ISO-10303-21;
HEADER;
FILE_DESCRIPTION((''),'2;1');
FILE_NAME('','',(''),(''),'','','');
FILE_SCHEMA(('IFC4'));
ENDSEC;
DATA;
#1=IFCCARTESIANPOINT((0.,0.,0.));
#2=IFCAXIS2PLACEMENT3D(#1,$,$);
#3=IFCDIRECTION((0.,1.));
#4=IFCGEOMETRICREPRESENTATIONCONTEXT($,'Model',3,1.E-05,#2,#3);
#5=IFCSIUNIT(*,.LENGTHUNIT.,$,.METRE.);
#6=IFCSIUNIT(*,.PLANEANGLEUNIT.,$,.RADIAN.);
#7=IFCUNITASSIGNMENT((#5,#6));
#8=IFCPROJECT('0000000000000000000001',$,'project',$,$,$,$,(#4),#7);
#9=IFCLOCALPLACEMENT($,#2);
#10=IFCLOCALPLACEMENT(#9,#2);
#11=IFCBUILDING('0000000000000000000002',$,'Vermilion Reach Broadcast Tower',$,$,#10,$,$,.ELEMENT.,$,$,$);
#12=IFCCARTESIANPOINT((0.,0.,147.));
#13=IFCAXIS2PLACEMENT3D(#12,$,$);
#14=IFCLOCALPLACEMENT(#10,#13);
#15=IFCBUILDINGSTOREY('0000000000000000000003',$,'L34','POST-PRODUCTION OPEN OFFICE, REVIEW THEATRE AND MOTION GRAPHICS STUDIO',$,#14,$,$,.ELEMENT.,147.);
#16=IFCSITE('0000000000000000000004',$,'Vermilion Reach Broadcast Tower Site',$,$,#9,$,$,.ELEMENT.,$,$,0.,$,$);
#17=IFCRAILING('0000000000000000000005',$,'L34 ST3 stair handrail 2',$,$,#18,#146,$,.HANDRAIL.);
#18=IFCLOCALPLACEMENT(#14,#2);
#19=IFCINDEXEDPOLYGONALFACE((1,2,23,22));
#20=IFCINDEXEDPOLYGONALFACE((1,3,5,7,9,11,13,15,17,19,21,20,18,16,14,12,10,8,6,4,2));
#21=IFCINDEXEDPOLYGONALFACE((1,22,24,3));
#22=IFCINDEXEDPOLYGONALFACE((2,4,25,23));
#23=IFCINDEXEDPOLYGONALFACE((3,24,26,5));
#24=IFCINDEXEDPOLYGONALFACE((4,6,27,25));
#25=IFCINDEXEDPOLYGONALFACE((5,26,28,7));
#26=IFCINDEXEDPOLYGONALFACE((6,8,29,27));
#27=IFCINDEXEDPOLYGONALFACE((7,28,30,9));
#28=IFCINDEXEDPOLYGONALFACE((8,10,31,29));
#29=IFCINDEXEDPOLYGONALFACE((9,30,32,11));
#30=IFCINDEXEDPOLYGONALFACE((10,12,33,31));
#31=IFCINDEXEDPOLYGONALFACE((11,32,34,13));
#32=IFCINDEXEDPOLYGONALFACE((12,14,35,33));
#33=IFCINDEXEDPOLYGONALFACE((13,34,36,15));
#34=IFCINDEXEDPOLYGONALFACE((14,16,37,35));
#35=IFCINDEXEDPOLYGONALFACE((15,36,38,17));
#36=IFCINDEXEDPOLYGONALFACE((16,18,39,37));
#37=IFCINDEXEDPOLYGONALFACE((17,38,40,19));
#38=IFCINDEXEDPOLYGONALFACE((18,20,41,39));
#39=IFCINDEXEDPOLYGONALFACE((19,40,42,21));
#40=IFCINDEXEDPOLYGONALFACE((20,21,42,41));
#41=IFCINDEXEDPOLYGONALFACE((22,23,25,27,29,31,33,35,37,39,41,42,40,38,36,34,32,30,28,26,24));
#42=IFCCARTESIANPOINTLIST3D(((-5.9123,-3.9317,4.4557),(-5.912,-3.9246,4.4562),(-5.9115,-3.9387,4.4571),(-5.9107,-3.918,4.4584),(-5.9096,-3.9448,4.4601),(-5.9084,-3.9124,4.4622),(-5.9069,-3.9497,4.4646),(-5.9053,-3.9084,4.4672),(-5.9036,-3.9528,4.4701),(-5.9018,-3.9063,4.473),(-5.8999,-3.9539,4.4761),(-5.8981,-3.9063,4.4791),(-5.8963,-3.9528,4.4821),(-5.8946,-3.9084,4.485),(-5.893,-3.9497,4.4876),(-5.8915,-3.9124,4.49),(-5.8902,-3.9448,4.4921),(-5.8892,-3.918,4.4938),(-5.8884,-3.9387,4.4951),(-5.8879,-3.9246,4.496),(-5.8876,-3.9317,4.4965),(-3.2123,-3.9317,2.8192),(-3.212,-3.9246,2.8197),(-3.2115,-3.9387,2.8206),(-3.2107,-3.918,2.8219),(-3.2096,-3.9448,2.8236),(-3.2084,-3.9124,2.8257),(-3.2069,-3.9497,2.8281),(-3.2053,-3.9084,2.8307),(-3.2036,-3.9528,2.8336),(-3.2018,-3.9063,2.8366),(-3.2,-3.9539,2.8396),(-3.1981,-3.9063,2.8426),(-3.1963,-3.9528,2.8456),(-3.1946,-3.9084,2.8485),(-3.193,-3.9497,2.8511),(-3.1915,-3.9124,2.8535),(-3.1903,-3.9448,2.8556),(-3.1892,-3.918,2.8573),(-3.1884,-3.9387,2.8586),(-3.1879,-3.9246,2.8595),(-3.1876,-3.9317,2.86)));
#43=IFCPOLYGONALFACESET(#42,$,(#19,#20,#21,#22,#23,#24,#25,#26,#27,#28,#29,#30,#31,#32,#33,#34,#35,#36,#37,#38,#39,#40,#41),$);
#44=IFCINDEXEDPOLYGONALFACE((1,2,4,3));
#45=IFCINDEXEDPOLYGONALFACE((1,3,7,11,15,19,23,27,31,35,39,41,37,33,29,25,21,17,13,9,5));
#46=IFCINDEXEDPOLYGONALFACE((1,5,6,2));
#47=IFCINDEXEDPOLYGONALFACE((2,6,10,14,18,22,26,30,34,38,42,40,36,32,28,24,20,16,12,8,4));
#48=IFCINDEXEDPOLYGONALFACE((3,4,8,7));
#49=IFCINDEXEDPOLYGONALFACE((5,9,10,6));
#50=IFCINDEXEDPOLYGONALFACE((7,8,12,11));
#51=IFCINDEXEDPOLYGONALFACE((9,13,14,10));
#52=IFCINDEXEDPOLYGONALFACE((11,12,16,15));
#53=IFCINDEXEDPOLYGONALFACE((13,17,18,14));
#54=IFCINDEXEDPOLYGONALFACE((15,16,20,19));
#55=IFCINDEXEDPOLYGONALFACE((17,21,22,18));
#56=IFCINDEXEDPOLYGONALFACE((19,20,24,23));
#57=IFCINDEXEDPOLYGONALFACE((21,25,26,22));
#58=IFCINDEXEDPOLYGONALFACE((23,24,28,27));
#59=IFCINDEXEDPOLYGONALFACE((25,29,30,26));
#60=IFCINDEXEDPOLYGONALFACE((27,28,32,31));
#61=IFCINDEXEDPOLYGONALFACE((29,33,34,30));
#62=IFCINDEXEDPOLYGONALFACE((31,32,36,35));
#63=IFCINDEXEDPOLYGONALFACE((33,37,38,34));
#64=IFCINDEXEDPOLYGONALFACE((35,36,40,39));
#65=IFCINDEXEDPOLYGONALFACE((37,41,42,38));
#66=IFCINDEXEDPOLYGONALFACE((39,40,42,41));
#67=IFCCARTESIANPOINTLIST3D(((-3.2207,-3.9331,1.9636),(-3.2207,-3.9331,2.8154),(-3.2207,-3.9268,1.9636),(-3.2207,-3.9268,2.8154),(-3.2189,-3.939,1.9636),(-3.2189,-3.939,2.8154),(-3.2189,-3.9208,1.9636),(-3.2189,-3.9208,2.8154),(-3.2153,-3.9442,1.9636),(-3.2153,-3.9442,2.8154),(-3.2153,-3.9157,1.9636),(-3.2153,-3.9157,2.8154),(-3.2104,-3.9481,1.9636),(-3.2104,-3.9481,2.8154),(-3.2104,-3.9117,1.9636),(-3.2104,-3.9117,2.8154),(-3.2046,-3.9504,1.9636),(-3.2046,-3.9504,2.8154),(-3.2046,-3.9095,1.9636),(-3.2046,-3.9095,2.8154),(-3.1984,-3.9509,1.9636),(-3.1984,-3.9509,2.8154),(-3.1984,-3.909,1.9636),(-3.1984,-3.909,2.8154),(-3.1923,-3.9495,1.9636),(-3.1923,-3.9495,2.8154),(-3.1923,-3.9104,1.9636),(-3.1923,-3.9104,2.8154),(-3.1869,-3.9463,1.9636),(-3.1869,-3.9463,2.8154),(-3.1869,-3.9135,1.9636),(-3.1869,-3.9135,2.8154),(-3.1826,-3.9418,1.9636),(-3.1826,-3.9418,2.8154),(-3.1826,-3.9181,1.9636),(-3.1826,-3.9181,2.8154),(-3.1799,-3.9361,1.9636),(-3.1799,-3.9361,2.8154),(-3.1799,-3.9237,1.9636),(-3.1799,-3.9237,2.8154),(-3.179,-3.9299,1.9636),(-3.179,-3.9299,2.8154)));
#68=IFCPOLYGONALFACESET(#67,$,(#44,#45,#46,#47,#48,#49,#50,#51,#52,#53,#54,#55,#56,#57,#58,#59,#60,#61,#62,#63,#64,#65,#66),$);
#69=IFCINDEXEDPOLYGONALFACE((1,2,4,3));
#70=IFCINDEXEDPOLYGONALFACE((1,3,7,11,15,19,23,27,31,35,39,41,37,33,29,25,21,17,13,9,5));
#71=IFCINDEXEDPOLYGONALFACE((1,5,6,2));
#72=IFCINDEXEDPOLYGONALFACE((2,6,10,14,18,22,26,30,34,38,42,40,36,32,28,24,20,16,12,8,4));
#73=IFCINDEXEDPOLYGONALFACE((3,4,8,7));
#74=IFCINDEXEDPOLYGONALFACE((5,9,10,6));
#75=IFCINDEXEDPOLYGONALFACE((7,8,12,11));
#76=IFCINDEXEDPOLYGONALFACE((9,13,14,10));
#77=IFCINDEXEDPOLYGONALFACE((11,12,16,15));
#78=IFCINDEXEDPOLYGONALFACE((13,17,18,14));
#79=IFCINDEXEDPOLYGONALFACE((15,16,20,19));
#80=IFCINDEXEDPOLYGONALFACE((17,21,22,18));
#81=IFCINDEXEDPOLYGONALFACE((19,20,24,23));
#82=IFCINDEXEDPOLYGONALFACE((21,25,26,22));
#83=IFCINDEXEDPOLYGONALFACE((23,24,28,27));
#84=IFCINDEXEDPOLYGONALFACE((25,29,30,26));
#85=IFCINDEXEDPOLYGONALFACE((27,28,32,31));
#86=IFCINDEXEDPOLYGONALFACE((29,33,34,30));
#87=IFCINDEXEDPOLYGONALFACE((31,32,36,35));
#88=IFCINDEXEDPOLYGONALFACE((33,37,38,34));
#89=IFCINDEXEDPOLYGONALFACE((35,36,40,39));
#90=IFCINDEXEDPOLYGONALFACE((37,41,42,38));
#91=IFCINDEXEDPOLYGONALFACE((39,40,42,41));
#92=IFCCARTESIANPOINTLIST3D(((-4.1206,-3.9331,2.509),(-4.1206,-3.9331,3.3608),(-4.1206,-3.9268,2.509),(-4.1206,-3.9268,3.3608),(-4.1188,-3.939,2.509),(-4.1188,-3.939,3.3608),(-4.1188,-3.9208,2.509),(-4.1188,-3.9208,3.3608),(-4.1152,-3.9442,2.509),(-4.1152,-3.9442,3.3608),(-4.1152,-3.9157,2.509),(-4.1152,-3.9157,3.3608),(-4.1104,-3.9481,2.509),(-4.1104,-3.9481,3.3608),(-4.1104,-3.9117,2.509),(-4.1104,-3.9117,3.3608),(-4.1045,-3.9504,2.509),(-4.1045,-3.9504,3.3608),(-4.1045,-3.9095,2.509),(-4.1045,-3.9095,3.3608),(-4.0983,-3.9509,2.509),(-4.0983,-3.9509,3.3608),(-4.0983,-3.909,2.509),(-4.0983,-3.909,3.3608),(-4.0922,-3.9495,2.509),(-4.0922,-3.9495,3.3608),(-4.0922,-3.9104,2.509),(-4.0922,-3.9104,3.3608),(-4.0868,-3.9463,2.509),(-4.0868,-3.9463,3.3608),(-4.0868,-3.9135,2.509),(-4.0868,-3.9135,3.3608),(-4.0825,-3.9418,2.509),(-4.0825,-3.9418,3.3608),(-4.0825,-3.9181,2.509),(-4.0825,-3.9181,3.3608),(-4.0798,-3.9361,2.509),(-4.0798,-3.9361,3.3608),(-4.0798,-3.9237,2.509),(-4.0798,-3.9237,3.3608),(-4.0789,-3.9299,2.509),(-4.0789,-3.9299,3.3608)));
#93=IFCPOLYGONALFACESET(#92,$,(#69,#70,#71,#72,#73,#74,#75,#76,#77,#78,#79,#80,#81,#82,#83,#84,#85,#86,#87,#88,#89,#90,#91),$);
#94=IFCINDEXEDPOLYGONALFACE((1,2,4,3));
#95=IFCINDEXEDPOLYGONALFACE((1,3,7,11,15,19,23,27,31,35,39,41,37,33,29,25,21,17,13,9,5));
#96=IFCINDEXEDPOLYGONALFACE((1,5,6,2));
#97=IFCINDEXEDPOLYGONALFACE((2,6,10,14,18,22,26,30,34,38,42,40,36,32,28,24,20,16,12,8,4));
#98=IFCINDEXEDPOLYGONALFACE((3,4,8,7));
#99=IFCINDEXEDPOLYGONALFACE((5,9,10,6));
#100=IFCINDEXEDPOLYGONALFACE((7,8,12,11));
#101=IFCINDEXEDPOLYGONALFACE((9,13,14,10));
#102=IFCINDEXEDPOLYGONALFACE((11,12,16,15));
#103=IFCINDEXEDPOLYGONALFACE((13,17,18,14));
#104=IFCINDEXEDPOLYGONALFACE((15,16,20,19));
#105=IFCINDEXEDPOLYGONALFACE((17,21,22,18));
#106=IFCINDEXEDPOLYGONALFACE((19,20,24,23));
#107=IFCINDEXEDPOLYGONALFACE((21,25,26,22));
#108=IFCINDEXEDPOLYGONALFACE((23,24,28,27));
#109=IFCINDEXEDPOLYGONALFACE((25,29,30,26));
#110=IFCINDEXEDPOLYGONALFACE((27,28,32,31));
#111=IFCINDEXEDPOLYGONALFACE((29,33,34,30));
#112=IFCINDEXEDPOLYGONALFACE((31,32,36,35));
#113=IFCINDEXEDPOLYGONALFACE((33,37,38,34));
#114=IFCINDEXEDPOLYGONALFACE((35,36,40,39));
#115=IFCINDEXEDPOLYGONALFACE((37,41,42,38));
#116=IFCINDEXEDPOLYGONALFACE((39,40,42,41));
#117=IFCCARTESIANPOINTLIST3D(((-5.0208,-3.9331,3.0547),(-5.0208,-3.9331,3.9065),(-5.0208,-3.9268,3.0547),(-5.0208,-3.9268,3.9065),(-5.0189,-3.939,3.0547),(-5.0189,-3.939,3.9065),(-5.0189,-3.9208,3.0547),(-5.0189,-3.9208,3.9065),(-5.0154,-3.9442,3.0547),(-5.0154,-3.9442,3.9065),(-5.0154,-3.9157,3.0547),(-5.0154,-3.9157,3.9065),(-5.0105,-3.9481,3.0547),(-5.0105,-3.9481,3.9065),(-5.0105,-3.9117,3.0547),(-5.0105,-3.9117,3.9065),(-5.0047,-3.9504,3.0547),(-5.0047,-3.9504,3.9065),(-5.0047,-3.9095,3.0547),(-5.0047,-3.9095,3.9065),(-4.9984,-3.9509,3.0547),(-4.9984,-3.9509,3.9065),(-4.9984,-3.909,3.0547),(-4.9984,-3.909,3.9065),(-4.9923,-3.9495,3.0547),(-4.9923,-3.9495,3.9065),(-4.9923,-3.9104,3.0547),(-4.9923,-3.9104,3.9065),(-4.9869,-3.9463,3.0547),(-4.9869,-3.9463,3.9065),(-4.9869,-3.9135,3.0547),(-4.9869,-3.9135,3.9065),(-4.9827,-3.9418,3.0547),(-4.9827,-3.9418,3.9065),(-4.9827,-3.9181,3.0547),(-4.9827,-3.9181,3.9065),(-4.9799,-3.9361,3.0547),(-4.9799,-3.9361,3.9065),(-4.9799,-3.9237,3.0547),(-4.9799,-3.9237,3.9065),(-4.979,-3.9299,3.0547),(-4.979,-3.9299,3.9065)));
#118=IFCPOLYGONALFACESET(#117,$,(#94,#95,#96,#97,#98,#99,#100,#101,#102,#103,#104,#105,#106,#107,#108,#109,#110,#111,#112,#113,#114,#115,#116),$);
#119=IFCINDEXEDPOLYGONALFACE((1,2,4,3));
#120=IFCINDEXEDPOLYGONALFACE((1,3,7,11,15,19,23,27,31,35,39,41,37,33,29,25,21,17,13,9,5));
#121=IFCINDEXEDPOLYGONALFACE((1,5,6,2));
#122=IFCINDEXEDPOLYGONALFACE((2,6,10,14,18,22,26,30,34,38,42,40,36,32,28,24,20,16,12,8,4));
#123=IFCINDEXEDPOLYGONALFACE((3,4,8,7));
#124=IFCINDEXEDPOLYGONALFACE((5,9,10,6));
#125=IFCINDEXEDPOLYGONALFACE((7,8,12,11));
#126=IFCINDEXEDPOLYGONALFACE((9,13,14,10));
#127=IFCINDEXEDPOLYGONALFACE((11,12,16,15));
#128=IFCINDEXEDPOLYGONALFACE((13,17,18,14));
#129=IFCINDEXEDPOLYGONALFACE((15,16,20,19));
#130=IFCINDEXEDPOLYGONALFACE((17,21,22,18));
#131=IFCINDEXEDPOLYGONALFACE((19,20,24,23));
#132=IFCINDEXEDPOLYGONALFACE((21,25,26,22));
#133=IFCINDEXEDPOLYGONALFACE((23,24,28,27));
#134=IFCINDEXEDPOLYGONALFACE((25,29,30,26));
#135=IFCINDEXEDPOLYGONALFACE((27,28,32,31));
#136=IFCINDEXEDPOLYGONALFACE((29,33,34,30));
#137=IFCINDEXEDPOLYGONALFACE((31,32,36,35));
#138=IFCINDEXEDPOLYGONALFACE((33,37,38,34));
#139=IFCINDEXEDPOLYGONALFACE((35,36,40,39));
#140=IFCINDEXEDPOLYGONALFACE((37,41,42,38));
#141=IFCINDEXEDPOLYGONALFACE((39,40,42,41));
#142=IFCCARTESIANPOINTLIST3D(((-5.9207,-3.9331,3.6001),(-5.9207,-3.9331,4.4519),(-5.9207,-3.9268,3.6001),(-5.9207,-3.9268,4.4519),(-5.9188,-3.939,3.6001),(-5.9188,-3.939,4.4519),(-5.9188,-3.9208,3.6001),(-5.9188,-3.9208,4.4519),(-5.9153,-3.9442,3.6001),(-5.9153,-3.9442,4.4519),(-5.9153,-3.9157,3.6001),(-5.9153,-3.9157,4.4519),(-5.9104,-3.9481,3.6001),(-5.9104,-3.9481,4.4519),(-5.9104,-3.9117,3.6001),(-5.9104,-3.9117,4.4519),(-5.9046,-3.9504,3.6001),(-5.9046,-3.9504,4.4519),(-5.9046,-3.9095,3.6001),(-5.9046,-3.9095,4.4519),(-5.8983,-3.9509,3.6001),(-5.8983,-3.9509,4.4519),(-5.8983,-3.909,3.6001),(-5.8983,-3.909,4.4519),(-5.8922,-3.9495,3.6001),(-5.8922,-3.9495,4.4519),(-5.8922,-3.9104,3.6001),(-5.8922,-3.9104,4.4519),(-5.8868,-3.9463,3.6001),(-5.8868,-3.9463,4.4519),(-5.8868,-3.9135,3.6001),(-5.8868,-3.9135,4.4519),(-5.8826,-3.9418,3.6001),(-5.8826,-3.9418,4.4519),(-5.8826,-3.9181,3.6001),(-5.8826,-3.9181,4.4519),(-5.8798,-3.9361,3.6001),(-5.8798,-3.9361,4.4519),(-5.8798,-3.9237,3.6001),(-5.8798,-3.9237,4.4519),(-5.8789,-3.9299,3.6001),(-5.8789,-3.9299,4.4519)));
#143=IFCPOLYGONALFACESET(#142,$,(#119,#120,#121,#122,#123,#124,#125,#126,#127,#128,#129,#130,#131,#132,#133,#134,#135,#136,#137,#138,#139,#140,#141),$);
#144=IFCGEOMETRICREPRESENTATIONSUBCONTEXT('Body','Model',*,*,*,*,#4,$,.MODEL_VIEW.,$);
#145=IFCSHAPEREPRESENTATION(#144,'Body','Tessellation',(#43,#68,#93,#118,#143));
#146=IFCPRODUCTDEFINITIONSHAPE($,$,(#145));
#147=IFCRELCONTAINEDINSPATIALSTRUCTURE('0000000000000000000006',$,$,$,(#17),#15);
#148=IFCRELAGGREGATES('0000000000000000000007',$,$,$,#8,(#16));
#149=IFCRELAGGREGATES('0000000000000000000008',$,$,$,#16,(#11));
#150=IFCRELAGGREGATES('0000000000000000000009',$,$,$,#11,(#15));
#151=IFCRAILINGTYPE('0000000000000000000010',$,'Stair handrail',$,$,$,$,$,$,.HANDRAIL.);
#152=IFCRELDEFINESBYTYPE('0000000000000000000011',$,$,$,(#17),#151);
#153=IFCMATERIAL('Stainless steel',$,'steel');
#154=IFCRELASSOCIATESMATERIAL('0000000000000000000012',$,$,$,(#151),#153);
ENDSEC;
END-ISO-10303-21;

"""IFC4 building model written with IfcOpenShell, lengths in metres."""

from ifc_helpers import new_model, si_unit, direction, frame, origin, origin_2d, place, context, subcontext, project, spatial, circle, extrude, material, type_object, element, save


model = new_model("IFC4")

# Units and contexts
model_context = context("Model", 3, precision=1e-05, world=origin(), true_north=direction((0.0, 1.0)))
body_context = subcontext(model_context, "Body", "Model", "MODEL_VIEW")
ifc_project = project(units=[si_unit("LENGTHUNIT", "METRE"), si_unit("PLANEANGLEUNIT", "RADIAN")], contexts=[model_context])

# Site, building, storey
site_placement = place(None, origin())
site = spatial("IfcSite", under=ifc_project, at=site_placement, Name="Vermilion Reach Broadcast Tower Site", CompositionType="ELEMENT", RefElevation=0.0)
building_placement = place(site_placement, origin())
building = spatial("IfcBuilding", under=site, at=building_placement, Name="Vermilion Reach Broadcast Tower", CompositionType="ELEMENT")
storey_placement = place(building_placement, frame((0.0, 0.0, 147.0)))
storey = spatial("IfcBuildingStorey", under=building, at=storey_placement, Name="L34", Description="POST-PRODUCTION OPEN OFFICE, REVIEW THEATRE AND MOTION GRAPHICS STUDIO", CompositionType="ELEMENT", Elevation=147.0)

# Railing
ifc_material_1 = material(Name="Stainless steel", Category="steel")
railing_type_1 = type_object("IfcRailingType", Name="Stair handrail", PredefinedType="HANDRAIL", material=ifc_material_1)
railing_1_placement = place(storey_placement, frame((-3.2, -3.9299, 1.9636)))
element("IfcRailing", 1, at=railing_1_placement, inside=storey, type_object=railing_type_1, Name="L34 ST3 stair handrail 2", PredefinedType="HANDRAIL", context=body_context, shape_type="SweptSolid", body=[
    extrude(circle(Radius=0.0239, at=origin_2d()), frame((0.0, 0.0, 0.876), z_axis=(-0.855178, 0.0, 0.518334), x_axis=(0.0, -1.0, 0.0)), (0.0, 0.0, 1.0), 3.1572),
    extrude(circle(Radius=0.021, at=origin_2d()), origin(), (0.0, 0.0, 1.0), 0.8518),
    extrude(circle(Radius=0.021, at=origin_2d()), frame((-0.8999, 0.0, 0.5454)), (0.0, 0.0, 1.0), 0.8518),
    extrude(circle(Radius=0.021, at=origin_2d()), frame((-1.8, 0.0, 1.0911)), (0.0, 0.0, 1.0), 0.8518),
    extrude(circle(Radius=0.021, at=origin_2d()), frame((-2.7, 0.0, 1.6365)), (0.0, 0.0, 1.0), 0.8518),
])

save(model, "model.ifc")
